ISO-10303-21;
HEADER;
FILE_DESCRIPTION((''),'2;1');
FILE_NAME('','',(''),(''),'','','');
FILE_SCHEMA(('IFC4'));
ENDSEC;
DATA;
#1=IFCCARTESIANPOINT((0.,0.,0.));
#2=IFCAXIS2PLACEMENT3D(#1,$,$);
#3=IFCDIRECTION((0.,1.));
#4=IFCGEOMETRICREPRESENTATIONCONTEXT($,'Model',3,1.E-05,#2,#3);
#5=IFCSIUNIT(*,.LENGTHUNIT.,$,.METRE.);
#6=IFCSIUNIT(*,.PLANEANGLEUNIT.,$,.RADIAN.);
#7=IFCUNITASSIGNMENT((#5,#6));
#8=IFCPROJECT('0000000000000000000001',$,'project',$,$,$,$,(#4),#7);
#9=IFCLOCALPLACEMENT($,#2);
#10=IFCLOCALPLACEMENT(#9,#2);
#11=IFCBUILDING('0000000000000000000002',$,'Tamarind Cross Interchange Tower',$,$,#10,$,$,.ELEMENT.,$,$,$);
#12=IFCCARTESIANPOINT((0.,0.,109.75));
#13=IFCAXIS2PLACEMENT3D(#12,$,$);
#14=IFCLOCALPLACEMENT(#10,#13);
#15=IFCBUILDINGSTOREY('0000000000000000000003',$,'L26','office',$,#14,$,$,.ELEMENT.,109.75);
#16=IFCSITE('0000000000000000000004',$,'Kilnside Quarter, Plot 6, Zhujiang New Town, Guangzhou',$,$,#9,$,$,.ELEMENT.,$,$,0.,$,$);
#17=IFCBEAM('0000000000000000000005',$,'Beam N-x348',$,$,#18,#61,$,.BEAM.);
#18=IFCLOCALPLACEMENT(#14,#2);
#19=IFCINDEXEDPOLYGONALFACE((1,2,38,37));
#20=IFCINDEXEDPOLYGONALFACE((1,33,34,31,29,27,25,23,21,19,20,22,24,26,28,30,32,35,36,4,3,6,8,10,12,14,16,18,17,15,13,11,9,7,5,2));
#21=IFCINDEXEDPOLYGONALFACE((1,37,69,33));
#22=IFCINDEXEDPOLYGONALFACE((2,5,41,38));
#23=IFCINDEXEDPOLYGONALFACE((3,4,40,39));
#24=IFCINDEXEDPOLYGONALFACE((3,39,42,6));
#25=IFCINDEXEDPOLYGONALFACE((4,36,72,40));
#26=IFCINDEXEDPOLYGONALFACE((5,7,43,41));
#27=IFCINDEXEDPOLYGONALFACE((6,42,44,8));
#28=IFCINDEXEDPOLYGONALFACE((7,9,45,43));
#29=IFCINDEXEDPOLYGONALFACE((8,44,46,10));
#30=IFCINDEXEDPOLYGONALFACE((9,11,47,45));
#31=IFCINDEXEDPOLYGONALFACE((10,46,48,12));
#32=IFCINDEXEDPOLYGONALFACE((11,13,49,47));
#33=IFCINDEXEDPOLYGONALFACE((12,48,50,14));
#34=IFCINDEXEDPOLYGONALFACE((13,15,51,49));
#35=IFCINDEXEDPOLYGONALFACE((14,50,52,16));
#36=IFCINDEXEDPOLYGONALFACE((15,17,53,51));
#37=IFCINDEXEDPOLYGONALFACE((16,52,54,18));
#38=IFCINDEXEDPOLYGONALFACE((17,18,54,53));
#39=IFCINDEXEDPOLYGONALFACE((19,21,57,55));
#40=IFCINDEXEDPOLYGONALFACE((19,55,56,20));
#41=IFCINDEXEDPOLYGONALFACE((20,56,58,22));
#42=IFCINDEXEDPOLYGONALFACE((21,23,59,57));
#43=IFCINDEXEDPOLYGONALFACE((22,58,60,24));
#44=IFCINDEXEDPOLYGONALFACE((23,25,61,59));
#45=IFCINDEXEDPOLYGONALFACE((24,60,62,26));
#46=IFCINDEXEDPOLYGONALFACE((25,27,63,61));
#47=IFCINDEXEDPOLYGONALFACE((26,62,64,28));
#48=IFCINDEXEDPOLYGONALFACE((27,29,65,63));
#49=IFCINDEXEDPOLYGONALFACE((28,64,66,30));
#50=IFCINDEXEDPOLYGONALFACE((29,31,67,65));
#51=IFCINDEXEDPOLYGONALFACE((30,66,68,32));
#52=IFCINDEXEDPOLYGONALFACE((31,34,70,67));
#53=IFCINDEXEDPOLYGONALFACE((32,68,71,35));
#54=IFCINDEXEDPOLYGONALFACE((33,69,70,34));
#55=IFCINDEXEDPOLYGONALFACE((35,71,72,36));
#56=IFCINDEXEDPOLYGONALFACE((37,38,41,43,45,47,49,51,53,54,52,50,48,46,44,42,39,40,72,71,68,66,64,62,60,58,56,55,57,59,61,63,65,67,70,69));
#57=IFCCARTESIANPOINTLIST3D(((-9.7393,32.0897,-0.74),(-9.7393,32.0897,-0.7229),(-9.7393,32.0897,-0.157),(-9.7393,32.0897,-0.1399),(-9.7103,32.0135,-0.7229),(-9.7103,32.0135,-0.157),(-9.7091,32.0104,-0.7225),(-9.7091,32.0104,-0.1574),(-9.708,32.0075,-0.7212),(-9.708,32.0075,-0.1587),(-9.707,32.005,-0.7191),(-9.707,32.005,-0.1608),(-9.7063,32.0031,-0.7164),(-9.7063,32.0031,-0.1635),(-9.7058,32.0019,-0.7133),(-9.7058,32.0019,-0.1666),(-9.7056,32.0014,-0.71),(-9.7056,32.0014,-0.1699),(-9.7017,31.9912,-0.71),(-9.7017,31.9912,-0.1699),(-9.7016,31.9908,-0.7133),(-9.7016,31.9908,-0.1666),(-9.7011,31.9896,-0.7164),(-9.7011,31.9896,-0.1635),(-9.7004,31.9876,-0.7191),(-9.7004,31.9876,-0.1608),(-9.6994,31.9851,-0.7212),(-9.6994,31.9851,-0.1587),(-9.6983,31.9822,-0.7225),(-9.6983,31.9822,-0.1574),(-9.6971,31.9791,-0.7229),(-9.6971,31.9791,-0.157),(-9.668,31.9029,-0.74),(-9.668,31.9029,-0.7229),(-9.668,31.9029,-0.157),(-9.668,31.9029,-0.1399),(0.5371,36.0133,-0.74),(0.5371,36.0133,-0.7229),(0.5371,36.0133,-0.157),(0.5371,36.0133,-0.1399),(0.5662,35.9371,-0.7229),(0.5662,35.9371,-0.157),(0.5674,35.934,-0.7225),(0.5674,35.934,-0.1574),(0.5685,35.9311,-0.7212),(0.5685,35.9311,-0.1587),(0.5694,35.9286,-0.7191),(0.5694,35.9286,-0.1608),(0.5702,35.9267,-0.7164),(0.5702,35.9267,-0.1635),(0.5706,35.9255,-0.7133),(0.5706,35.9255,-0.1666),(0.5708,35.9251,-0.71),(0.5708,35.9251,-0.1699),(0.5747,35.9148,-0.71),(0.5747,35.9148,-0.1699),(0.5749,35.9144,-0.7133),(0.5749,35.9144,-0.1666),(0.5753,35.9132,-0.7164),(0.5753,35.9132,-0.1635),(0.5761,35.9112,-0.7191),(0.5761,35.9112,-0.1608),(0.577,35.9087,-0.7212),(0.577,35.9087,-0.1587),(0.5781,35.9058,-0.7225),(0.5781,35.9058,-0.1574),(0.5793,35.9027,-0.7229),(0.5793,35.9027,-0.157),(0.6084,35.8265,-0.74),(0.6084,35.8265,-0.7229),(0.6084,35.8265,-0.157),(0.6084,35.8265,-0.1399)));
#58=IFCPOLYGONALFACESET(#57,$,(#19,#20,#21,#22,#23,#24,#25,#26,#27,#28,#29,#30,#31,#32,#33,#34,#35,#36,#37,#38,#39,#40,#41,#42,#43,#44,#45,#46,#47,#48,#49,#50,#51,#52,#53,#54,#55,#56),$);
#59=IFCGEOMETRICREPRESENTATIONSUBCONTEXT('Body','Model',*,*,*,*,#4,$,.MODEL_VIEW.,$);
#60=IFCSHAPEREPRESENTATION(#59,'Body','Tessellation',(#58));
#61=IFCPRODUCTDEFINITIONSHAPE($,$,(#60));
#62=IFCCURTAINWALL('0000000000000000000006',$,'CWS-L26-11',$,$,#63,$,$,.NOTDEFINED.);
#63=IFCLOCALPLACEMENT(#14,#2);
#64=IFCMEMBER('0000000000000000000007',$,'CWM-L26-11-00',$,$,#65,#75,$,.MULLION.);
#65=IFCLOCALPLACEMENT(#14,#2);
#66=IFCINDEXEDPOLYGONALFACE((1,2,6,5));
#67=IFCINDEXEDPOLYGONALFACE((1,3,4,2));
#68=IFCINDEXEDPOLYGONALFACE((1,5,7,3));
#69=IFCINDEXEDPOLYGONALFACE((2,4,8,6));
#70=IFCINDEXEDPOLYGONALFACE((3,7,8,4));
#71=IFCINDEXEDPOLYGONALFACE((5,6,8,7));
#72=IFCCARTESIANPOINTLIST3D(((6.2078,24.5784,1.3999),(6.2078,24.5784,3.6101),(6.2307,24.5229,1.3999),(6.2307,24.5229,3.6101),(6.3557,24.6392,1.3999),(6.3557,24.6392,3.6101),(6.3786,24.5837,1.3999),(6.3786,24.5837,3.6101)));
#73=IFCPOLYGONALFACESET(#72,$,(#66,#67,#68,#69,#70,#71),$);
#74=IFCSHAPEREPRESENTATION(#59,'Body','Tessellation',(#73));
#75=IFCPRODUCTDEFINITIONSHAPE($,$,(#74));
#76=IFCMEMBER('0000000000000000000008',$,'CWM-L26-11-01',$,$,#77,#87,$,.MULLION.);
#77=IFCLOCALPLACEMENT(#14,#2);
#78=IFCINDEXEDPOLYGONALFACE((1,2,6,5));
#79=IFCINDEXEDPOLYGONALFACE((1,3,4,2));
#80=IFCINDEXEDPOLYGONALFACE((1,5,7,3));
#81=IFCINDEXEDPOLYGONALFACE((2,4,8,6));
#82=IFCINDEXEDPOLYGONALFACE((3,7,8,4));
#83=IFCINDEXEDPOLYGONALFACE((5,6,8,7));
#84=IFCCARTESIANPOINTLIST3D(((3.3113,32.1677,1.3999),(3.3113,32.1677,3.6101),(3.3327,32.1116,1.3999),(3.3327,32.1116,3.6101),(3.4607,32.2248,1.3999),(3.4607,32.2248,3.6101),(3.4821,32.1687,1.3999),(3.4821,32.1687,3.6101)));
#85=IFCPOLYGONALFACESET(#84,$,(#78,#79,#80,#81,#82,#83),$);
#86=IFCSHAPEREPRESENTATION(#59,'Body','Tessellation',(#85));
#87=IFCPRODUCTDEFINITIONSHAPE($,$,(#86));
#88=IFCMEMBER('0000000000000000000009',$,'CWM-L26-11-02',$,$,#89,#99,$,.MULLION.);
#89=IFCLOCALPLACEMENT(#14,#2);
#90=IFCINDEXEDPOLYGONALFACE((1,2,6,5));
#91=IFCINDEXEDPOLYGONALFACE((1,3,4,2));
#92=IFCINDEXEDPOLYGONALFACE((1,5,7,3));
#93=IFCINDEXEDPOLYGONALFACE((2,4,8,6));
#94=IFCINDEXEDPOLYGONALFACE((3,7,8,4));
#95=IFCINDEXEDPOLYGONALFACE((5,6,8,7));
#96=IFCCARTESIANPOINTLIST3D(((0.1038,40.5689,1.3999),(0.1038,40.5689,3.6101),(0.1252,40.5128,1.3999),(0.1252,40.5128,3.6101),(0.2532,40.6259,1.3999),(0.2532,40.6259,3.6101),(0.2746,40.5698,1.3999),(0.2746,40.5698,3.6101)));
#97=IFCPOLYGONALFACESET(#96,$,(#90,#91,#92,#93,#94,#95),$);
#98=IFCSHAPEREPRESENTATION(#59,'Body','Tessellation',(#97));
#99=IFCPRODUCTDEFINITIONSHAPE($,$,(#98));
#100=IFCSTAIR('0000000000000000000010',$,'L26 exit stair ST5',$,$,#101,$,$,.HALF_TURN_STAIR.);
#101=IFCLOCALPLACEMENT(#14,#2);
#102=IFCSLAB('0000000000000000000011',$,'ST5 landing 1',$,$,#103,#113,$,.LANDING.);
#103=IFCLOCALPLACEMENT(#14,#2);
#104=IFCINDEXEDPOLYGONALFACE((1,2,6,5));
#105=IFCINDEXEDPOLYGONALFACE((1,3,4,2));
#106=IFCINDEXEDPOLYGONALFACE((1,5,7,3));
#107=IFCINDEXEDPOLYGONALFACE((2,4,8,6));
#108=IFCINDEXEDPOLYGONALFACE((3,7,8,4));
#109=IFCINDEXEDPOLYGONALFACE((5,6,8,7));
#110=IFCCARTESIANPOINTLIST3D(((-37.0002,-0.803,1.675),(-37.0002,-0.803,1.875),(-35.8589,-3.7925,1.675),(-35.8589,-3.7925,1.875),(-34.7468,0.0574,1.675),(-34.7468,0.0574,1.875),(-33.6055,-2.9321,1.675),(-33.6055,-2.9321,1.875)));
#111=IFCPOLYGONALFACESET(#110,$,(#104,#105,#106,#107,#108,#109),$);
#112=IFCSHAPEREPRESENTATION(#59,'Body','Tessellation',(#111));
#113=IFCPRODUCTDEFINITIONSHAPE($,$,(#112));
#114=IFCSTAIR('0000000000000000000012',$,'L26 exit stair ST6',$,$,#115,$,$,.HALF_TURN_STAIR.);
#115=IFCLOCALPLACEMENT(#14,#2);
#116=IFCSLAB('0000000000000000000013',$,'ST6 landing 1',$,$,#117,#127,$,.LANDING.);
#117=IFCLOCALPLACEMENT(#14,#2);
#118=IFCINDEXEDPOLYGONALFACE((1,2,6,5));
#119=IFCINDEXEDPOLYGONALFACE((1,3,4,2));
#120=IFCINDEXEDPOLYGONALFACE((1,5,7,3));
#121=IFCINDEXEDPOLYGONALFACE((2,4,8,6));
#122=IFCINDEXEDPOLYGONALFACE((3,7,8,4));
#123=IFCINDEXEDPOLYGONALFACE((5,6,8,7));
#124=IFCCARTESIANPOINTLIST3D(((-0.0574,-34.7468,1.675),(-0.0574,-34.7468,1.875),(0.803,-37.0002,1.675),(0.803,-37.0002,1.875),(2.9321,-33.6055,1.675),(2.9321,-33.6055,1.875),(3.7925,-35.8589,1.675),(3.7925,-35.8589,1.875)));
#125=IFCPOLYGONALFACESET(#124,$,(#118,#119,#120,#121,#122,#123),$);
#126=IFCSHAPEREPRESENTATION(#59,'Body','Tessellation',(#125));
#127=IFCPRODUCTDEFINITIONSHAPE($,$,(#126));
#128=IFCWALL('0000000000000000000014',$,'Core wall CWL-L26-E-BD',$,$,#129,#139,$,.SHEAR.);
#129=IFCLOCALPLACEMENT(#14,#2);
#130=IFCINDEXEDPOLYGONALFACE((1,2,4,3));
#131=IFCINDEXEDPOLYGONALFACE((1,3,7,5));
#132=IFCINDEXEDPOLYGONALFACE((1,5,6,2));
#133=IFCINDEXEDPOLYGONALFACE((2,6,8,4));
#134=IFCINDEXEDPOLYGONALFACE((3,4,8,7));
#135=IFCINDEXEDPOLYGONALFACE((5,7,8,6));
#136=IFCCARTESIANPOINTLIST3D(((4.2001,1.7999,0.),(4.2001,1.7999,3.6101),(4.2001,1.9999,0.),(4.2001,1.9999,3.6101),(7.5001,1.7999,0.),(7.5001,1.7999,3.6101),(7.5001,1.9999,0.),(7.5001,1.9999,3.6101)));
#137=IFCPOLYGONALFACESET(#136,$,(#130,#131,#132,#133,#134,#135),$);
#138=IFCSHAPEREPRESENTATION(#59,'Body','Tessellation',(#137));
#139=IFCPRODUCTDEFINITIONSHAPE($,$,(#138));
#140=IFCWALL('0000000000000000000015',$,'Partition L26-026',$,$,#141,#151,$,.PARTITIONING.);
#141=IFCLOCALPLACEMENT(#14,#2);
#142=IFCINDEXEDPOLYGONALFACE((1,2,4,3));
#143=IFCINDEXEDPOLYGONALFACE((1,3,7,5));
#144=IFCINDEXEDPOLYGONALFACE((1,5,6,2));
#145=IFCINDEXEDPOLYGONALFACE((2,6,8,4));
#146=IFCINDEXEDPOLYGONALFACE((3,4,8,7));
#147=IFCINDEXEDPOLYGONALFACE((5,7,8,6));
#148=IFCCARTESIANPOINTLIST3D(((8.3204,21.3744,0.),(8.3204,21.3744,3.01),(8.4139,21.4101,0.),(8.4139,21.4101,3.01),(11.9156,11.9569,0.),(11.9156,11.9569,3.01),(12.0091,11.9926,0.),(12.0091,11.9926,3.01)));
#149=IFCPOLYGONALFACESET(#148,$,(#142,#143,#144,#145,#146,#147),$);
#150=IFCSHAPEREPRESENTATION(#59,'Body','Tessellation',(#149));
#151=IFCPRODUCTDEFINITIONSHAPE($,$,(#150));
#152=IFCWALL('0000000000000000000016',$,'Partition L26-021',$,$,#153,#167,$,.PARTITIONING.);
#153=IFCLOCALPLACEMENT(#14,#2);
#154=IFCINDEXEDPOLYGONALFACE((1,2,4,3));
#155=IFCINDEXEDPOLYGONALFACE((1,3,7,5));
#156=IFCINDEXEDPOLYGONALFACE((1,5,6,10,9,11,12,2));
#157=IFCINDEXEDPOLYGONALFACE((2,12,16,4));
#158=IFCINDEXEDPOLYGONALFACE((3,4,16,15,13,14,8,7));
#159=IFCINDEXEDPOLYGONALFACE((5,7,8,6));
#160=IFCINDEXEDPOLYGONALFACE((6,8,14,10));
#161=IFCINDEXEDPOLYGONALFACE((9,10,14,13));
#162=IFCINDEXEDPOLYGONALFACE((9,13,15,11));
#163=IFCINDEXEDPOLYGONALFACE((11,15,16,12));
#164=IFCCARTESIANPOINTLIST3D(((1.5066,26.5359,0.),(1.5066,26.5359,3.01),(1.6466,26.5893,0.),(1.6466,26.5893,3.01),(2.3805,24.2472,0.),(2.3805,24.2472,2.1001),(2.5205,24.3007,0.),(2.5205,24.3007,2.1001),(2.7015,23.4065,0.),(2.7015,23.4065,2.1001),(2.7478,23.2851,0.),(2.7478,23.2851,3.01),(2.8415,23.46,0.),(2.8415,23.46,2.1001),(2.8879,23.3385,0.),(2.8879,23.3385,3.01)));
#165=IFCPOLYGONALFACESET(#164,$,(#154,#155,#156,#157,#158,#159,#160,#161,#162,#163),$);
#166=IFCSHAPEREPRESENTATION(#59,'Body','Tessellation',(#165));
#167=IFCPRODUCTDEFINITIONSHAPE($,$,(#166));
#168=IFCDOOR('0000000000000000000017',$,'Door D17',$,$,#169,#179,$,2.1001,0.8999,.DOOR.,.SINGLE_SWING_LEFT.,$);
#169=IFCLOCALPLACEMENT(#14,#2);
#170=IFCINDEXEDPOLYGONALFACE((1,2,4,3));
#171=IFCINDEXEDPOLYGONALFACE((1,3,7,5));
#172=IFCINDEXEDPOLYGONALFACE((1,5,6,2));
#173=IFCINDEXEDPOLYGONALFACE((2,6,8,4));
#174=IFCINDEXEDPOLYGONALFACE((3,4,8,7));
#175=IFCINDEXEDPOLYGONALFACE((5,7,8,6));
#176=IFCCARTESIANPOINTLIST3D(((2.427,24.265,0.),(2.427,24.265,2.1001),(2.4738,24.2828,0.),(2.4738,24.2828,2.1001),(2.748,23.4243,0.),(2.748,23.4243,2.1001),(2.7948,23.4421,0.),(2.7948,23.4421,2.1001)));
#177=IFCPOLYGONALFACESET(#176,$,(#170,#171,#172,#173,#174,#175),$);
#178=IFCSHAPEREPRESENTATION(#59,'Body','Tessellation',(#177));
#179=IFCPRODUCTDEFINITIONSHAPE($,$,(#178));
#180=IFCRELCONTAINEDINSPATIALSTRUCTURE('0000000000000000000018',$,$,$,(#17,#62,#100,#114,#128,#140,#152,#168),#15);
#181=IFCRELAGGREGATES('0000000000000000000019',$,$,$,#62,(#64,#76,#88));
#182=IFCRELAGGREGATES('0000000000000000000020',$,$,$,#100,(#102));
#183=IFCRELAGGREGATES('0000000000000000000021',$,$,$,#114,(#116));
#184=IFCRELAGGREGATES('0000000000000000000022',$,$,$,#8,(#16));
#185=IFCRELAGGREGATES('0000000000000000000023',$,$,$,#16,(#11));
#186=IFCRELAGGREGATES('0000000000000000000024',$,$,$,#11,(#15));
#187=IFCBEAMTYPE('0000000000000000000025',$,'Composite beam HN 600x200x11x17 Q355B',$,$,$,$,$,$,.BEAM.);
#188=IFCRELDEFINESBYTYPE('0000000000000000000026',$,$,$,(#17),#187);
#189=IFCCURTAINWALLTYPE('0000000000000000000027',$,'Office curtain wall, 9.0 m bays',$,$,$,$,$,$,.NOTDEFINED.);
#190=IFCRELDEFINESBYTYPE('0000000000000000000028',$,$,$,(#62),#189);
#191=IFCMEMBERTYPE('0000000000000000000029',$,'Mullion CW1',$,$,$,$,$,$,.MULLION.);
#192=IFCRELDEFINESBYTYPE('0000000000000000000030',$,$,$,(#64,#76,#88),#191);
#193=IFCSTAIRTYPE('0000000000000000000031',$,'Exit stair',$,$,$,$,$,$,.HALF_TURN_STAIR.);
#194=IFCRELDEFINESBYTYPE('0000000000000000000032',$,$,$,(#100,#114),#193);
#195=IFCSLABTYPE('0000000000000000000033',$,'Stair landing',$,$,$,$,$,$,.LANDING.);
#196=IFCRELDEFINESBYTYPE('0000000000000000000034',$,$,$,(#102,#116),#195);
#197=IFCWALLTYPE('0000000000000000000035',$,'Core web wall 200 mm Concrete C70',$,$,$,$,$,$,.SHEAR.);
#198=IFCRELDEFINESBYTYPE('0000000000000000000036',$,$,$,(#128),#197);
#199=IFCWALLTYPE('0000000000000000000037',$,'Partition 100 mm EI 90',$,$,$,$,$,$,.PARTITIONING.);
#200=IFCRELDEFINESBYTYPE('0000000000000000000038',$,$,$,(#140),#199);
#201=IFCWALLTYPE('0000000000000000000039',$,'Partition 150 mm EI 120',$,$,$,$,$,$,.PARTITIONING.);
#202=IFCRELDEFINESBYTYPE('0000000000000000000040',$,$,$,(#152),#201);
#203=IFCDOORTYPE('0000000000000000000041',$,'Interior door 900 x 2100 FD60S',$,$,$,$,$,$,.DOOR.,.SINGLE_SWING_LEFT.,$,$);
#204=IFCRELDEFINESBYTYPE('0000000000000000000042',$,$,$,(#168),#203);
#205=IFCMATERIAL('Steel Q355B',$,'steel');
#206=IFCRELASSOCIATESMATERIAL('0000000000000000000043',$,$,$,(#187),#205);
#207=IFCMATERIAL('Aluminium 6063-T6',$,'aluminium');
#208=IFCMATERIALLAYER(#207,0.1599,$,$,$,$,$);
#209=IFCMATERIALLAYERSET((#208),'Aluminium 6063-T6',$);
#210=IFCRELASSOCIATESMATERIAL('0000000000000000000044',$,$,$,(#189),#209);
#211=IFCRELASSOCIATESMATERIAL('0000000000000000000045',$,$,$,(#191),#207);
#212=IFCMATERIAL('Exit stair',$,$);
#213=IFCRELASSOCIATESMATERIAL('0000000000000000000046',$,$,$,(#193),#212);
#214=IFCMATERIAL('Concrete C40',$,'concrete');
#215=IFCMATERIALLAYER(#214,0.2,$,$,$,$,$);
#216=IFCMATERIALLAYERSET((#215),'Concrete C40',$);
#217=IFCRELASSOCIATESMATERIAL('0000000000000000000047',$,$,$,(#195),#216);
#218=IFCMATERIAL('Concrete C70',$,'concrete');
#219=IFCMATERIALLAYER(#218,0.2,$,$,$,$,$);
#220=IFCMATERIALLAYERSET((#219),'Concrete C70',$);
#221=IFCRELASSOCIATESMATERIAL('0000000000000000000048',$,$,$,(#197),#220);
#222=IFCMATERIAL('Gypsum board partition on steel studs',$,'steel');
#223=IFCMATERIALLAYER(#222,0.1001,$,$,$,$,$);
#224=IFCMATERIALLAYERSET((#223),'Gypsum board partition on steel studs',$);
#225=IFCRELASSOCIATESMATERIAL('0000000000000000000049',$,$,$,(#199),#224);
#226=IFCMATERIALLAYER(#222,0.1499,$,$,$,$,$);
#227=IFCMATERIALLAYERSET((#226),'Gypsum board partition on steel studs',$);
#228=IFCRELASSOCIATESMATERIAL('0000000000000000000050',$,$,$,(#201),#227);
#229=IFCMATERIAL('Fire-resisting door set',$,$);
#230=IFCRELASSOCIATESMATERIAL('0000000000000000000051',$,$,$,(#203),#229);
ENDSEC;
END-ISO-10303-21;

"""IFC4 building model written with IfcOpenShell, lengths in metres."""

from ifc_helpers import new_model, si_unit, direction, frame, frame_2d, origin, origin_2d, place, context, subcontext, project, spatial, polyline, rectangle, i_section, outline, extrude, material, layer, layer_set, material_profile, profile_set, type_object, element, fill, aggregate, save


model = new_model("IFC4")

# Units and contexts
model_context = context("Model", 3, precision=1e-05, world=origin(), true_north=direction((0.0, 1.0)))
body_context = subcontext(model_context, "Body", "Model", "MODEL_VIEW")
ifc_project = project(units=[si_unit("LENGTHUNIT", "METRE"), si_unit("PLANEANGLEUNIT", "RADIAN")], contexts=[model_context])

# Site, building, storey
site_placement = place(None, origin())
site = spatial("IfcSite", under=ifc_project, at=site_placement, Name="Kilnside Quarter, Plot 6, Zhujiang New Town, Guangzhou", CompositionType="ELEMENT", RefElevation=0.0)
building_placement = place(site_placement, origin())
building = spatial("IfcBuilding", under=site, at=building_placement, Name="Tamarind Cross Interchange Tower", CompositionType="ELEMENT")
storey_placement = place(building_placement, frame((0.0, 0.0, 109.75)))
storey = spatial("IfcBuildingStorey", under=building, at=storey_placement, Name="L26", Description="office", CompositionType="ELEMENT", Elevation=109.75)

# Beam
ifc_material_1 = material(Name="Steel Q355B", Category="steel")
ifc_material_profile_1 = material_profile(ifc_material_1, i_section(OverallWidth=0.2, OverallDepth=0.6001, WebThickness=0.011, FlangeThickness=0.0171, FilletRadius=0.0129, at=origin_2d()), Name="HN 600x200x11x17")
ifc_profile_set_1 = profile_set([ifc_material_profile_1], Name="Steel Q355B")
beam_type_1 = type_object("IfcBeamType", Name="Composite beam HN 600x200x11x17 Q355B", PredefinedType="BEAM", material=ifc_profile_set_1)
beam_1_placement = place(storey_placement, frame((0.5728, 35.9199, -0.4399), z_axis=(-0.934222, -0.356692, 0.0), x_axis=(0.356692, -0.934222, 0.0)))
element("IfcBeam", 1, at=beam_1_placement, inside=storey, type_object=beam_type_1, Name="Beam N-x348", PredefinedType="BEAM", context=body_context, shape_type="SweptSolid", body=[
    extrude(i_section(OverallWidth=0.2, OverallDepth=0.6001, WebThickness=0.011, FlangeThickness=0.0171, FilletRadius=0.0129, at=origin_2d()), origin(), (0.0, 0.0, 1.0), 11.0),
])

# Curtain wall, members
ifc_material_2 = material(Name="Aluminium 6063-T6", Category="aluminium")
ifc_layer_1 = layer(ifc_material_2, 0.1599)
ifc_layer_set_1 = layer_set([ifc_layer_1], Name="Aluminium 6063-T6")
curtain_wall_type = type_object("IfcCurtainWallType", Name="Office curtain wall, 9.0 m bays", PredefinedType="NOTDEFINED", material=ifc_layer_set_1)
curtain_wall_placement = place(storey_placement, origin())
curtain_wall = element("IfcCurtainWall", 2, at=curtain_wall_placement, inside=storey, type_object=curtain_wall_type, Name="CWS-L26-11", PredefinedType="NOTDEFINED")
ifc_material_profile_2 = material_profile(ifc_material_2, rectangle(XDim=0.0601, YDim=0.1599, at=origin_2d()), Name="Mullion CW1")
ifc_profile_set_2 = profile_set([ifc_material_profile_2], Name="Aluminium 6063-T6")
member_type = type_object("IfcMemberType", Name="Mullion CW1", PredefinedType="MULLION", material=ifc_profile_set_2)
member_1_placement = place(storey_placement, frame((6.2932, 24.5811, 1.3999), z_axis=(0.0, 0.0, 1.0), x_axis=(-0.380165, 0.924918, 0.0)))
member_1 = element("IfcMember", 3, at=member_1_placement, type_object=member_type, Name="CWM-L26-11-00", PredefinedType="MULLION", context=body_context, shape_type="SweptSolid", body=[
    extrude(rectangle(XDim=0.0601, YDim=0.1599, at=origin_2d()), origin(), (0.0, 0.0, 1.0), 2.2102),
])
member_2_placement = place(storey_placement, frame((3.3967, 32.1682, 1.3999), z_axis=(0.0, 0.0, 1.0), x_axis=(-0.356673, 0.934229, 0.0)))
member_2 = element("IfcMember", 4, at=member_2_placement, type_object=member_type, Name="CWM-L26-11-01", PredefinedType="MULLION", context=body_context, shape_type="SweptSolid", body=[
    extrude(rectangle(XDim=0.0601, YDim=0.1599, at=origin_2d()), origin(), (0.0, 0.0, 1.0), 2.2102),
])
member_3_placement = place(storey_placement, frame((0.1892, 40.5693, 1.3999), z_axis=(0.0, 0.0, 1.0), x_axis=(-0.356673, 0.934229, 0.0)))
member_3 = element("IfcMember", 5, at=member_3_placement, type_object=member_type, Name="CWM-L26-11-02", PredefinedType="MULLION", context=body_context, shape_type="SweptSolid", body=[
    extrude(rectangle(XDim=0.0601, YDim=0.1599, at=origin_2d()), origin(), (0.0, 0.0, 1.0), 2.2102),
])
aggregate(curtain_wall, [member_1, member_2, member_3])

# Stairs, slabs
ifc_material_3 = material(Name="Exit stair")
stair_type = type_object("IfcStairType", Name="Exit stair", PredefinedType="HALF_TURN_STAIR", material=ifc_material_3)
stair_1_placement = place(storey_placement, origin())
stair_1 = element("IfcStair", 6, at=stair_1_placement, inside=storey, type_object=stair_type, Name="L26 exit stair ST5", PredefinedType="HALF_TURN_STAIR")
ifc_material_4 = material(Name="Concrete C40", Category="concrete")
ifc_layer_2 = layer(ifc_material_4, 0.2)
ifc_layer_set_2 = layer_set([ifc_layer_2], Name="Concrete C40")
slab_type = type_object("IfcSlabType", Name="Stair landing", PredefinedType="LANDING", material=ifc_layer_set_2)
slab_1_placement = place(storey_placement, frame((0.0, 0.0, 1.675)))
slab_1 = element("IfcSlab", 7, at=slab_1_placement, type_object=slab_type, Name="ST5 landing 1", PredefinedType="LANDING", context=body_context, shape_type="SweptSolid", body=[
    extrude(outline(polyline([(-34.7468, 0.0574), (-37.0002, -0.803), (-35.8589, -3.7925), (-33.6055, -2.9321), (-34.7468, 0.0574)])), origin(), (0.0, 0.0, 1.0), 0.2),
])
aggregate(stair_1, [slab_1])
stair_2_placement = place(storey_placement, origin())
stair_2 = element("IfcStair", 8, at=stair_2_placement, inside=storey, type_object=stair_type, Name="L26 exit stair ST6", PredefinedType="HALF_TURN_STAIR")
slab_2_placement = place(storey_placement, frame((0.0, 0.0, 1.675)))
slab_2 = element("IfcSlab", 9, at=slab_2_placement, type_object=slab_type, Name="ST6 landing 1", PredefinedType="LANDING", context=body_context, shape_type="SweptSolid", body=[
    extrude(outline(polyline([(-0.0574, -34.7468), (0.803, -37.0002), (3.7925, -35.8589), (2.9321, -33.6055), (-0.0574, -34.7468)])), origin(), (0.0, 0.0, 1.0), 0.2),
])
aggregate(stair_2, [slab_2])

# Walls
ifc_material_5 = material(Name="Concrete C70", Category="concrete")
ifc_layer_3 = layer(ifc_material_5, 0.2)
ifc_layer_set_3 = layer_set([ifc_layer_3], Name="Concrete C70")
wall_type_1 = type_object("IfcWallType", Name="Core web wall 200 mm Concrete C70", PredefinedType="SHEAR", material=ifc_layer_set_3)
wall_1_placement = place(storey_placement, frame((7.5, 1.8999, 0.0), z_axis=(0.0, 0.0, 1.0), x_axis=(-1.0, 0.0, 0.0)))
element("IfcWall", 10, at=wall_1_placement, inside=storey, type_object=wall_type_1, Name="Core wall CWL-L26-E-BD", PredefinedType="SHEAR", context=body_context, shape_type="SweptSolid", body=[
    extrude(rectangle(XDim=3.3, YDim=0.2, at=frame_2d((1.6499, 0.0))), origin(), (0.0, 0.0, 1.0), 3.6101),
])
ifc_material_6 = material(Name="Gypsum board partition on steel studs", Category="steel")
ifc_layer_4 = layer(ifc_material_6, 0.1001)
ifc_layer_set_4 = layer_set([ifc_layer_4], Name="Gypsum board partition on steel studs")
wall_type_2 = type_object("IfcWallType", Name="Partition 100 mm EI 90", PredefinedType="PARTITIONING", material=ifc_layer_set_4)
wall_2_placement = place(storey_placement, frame((8.3672, 21.3921, 0.0), z_axis=(0.0, 0.0, 1.0), x_axis=(0.356654, -0.934237, 0.0)))
element("IfcWall", 11, at=wall_2_placement, inside=storey, type_object=wall_type_2, Name="Partition L26-026", PredefinedType="PARTITIONING", context=body_context, shape_type="SweptSolid", body=[
    extrude(rectangle(XDim=10.0803, YDim=0.1001, at=frame_2d((5.04, 0.0))), origin(), (0.0, 0.0, 1.0), 3.01),
])

# Wall, opening, door
ifc_layer_5 = layer(ifc_material_6, 0.1499)
ifc_layer_set_5 = layer_set([ifc_layer_5], Name="Gypsum board partition on steel studs")
wall_type_3 = type_object("IfcWallType", Name="Partition 150 mm EI 120", PredefinedType="PARTITIONING", material=ifc_layer_set_5)
wall_3_placement = place(storey_placement, frame((1.5767, 26.5625, 0.0), z_axis=(0.0, 0.0, 1.0), x_axis=(0.356707, -0.934216, 0.0)))
wall_3 = element("IfcWall", 12, at=wall_3_placement, inside=storey, type_object=wall_type_3, Name="Partition L26-021", PredefinedType="PARTITIONING", context=body_context, shape_type="SweptSolid", body=[
    extrude(rectangle(XDim=3.4797, YDim=0.1499, at=frame_2d((1.7397, 0.0))), origin(), (0.0, 0.0, 1.0), 3.01),
])
opening_1_placement = place(wall_3_placement, frame((2.4497, 0.0, 0.0)))
opening_1 = element("IfcOpeningElement", 13, at=opening_1_placement, cuts=wall_3, PredefinedType="OPENING", context=body_context, shape_type="SweptSolid", body=[
    extrude(rectangle(XDim=0.8999, YDim=2.1001, at=frame_2d((0.45, 1.05))), frame((0.0, 0.085, 0.0), z_axis=(0.0, -1.0, 0.0), x_axis=(1.0, 0.0, 0.0)), (0.0, 0.0, 1.0), 0.1699),
])
ifc_material_7 = material(Name="Fire-resisting door set")
door_type = type_object("IfcDoorType", Name="Interior door 900 x 2100 FD60S", OperationType="SINGLE_SWING_LEFT", PredefinedType="DOOR", material=ifc_material_7)
door_1_placement = place(opening_1_placement, origin())
door_1 = element("IfcDoor", 14, at=door_1_placement, inside=storey, type_object=door_type, Name="Door D17", OperationType="SINGLE_SWING_LEFT", OverallHeight=2.1001, OverallWidth=0.8999, PredefinedType="DOOR", context=body_context, shape_type="SweptSolid", body=[
    extrude(rectangle(XDim=0.8999, YDim=2.1001, at=frame_2d((0.45, 1.05))), frame((0.0, 0.0249, 0.0), z_axis=(0.0, -1.0, 0.0), x_axis=(1.0, 0.0, 0.0)), (0.0, 0.0, 1.0), 0.05),
])
fill(opening_1, door_1)

save(model, "model.ifc")
